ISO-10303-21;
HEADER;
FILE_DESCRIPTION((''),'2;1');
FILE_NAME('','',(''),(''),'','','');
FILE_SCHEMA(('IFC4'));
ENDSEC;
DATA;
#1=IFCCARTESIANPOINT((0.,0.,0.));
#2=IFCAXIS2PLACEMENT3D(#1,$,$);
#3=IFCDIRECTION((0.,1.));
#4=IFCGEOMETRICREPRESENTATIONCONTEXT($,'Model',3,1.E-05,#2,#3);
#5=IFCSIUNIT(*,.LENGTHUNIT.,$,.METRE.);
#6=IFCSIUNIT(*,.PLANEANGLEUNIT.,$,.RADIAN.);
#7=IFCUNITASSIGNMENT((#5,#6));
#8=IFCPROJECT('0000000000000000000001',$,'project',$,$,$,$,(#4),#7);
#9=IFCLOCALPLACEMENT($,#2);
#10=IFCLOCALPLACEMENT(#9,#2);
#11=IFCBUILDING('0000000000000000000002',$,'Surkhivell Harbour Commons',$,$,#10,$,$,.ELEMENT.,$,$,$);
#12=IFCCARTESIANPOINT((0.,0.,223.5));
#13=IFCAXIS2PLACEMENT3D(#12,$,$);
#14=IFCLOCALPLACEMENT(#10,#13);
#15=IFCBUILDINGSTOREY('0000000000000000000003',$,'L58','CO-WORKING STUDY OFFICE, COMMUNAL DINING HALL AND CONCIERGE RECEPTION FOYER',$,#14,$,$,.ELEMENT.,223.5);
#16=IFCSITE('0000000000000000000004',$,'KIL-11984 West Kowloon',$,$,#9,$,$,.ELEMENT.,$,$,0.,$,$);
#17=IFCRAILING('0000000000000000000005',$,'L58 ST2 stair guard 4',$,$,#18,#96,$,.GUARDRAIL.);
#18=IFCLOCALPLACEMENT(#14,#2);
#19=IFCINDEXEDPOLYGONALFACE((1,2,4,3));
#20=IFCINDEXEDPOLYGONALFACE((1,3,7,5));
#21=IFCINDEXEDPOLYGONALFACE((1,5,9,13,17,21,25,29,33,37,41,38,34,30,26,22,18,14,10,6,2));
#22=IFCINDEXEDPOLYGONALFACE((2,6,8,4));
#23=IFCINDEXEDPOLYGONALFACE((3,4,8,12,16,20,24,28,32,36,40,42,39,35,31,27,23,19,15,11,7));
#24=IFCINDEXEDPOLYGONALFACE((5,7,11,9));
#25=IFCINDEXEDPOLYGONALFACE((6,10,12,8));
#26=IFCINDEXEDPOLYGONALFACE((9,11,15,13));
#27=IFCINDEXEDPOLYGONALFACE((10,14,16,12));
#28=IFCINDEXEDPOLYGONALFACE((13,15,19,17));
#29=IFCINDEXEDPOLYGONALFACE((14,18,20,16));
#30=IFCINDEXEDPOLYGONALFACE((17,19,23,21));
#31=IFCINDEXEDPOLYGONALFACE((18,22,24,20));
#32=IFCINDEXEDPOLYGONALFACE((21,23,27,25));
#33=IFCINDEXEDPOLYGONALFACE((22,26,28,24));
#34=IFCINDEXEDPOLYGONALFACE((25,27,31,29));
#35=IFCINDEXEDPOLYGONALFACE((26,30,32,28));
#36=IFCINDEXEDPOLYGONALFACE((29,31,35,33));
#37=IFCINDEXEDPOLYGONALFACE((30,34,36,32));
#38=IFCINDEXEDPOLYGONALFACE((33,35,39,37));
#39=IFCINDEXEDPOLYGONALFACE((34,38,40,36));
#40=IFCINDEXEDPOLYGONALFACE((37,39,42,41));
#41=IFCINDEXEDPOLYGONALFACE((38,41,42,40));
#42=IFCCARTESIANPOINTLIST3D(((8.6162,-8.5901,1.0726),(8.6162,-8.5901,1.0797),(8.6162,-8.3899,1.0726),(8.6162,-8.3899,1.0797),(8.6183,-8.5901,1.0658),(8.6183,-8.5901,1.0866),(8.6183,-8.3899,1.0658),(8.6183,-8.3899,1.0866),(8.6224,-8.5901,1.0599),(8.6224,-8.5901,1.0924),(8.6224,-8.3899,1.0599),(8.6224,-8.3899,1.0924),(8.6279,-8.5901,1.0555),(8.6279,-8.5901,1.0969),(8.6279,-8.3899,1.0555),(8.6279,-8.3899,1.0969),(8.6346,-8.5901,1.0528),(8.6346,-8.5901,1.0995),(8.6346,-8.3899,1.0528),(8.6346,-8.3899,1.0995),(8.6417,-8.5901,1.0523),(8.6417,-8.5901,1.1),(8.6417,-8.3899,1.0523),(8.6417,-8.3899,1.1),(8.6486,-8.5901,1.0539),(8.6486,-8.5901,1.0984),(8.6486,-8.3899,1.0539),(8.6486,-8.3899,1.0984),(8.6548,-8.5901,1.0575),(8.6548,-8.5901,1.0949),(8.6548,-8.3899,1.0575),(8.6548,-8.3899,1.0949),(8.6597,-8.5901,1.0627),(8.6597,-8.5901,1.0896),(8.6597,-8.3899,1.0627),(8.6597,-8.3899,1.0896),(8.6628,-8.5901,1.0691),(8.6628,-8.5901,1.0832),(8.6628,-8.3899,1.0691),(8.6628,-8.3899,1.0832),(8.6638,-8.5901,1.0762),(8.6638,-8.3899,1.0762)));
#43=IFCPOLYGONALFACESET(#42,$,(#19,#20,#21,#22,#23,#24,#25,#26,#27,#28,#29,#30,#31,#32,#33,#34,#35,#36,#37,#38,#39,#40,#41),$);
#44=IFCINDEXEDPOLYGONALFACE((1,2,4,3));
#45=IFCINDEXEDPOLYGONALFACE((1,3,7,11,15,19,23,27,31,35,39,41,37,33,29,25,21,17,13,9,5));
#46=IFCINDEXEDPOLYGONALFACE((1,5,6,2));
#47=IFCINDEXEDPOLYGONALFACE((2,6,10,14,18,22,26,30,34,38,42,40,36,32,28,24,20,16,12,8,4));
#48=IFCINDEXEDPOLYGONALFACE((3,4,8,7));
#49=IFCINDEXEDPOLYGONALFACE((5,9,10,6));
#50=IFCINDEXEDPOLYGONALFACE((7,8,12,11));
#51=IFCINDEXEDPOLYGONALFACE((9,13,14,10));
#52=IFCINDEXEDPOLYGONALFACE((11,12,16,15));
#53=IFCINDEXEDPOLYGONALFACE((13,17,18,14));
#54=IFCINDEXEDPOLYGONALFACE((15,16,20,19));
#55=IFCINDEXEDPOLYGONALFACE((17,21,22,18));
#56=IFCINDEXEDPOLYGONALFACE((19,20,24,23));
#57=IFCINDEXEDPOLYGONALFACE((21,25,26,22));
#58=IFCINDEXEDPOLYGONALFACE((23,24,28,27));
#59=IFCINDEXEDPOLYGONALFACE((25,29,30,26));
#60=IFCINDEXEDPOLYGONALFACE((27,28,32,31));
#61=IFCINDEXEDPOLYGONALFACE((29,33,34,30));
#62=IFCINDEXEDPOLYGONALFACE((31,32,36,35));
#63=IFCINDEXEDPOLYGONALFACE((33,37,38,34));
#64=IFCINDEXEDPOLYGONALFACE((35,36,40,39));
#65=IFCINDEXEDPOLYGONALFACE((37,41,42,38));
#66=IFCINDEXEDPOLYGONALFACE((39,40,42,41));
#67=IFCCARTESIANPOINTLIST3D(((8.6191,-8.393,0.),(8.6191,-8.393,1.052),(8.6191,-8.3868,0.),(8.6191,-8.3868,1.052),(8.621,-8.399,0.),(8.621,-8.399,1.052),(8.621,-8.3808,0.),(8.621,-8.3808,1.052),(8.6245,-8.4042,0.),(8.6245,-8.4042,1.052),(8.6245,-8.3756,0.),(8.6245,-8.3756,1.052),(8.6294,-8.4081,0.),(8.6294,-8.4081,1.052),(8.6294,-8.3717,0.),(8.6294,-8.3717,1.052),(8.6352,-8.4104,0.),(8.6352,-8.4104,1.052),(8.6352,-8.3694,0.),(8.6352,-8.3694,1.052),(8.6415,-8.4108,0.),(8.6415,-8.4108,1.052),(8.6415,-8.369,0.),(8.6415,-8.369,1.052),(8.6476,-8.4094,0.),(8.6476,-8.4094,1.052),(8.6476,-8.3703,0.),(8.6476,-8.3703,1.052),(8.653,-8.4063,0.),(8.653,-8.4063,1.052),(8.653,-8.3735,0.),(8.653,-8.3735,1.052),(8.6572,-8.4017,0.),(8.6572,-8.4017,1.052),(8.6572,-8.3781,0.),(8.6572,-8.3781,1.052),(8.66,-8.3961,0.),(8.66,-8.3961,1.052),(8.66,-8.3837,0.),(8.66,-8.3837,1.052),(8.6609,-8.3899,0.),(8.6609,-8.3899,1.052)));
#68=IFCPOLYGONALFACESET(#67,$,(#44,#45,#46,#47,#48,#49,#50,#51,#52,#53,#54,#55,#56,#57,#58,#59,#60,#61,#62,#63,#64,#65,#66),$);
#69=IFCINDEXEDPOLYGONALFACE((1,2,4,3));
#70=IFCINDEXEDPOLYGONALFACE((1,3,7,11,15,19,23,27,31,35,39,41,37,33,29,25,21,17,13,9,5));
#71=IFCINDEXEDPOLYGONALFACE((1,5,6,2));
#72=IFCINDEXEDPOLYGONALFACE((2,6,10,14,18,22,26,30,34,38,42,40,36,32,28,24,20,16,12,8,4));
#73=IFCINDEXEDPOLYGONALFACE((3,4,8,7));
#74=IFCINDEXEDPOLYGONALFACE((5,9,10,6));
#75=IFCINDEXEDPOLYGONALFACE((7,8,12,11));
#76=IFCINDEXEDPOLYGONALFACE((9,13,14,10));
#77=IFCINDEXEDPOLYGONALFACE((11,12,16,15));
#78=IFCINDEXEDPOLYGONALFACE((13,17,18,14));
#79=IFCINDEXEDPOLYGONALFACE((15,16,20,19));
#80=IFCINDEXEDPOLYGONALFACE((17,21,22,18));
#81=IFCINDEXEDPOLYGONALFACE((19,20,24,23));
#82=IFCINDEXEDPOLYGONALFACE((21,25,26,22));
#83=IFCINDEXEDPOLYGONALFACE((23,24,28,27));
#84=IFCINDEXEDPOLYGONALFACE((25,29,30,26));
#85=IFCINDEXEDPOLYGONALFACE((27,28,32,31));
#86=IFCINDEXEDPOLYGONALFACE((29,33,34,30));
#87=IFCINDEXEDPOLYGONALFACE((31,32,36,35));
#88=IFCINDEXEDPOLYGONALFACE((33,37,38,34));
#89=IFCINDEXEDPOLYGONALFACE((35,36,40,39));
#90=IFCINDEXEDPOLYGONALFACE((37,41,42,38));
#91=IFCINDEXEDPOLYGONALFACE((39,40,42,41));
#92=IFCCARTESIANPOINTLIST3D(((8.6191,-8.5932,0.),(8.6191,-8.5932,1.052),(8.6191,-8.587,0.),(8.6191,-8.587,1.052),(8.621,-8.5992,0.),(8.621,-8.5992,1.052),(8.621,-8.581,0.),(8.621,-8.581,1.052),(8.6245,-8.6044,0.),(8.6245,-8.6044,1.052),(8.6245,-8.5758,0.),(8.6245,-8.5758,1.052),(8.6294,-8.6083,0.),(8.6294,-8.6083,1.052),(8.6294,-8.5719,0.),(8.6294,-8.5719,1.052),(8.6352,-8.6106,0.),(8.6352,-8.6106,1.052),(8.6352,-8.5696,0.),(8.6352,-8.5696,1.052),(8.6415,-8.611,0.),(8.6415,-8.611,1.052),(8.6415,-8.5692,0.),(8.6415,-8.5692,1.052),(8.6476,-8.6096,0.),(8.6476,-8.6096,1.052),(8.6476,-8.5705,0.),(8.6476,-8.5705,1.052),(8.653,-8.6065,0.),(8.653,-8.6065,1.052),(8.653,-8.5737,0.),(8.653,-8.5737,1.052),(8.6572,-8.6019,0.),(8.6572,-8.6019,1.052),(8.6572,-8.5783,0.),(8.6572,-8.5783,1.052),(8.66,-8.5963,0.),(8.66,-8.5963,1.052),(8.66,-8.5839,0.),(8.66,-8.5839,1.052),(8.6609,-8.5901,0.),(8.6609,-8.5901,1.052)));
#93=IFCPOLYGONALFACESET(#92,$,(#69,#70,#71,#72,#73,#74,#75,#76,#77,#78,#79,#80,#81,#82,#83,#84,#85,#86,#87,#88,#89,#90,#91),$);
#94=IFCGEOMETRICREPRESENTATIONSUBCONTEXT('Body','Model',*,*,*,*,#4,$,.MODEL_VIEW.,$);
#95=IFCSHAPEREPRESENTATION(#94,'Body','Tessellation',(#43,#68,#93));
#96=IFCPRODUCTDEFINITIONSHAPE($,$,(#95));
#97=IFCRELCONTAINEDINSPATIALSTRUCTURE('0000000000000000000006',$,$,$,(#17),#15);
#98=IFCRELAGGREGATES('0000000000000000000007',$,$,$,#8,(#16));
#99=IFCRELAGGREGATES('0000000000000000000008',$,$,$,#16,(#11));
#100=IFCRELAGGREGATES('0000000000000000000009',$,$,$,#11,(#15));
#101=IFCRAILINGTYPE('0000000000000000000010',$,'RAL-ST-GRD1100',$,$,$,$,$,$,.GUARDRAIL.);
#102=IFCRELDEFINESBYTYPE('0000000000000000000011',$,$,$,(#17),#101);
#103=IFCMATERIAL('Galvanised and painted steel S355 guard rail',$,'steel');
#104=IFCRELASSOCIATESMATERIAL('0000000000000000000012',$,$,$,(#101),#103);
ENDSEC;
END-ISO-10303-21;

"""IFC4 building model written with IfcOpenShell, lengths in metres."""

from ifc_helpers import new_model, si_unit, direction, frame, origin, origin_2d, place, context, subcontext, project, spatial, circle, extrude, material, type_object, element, save


model = new_model("IFC4")

# Units and contexts
model_context = context("Model", 3, precision=1e-05, world=origin(), true_north=direction((0.0, 1.0)))
body_context = subcontext(model_context, "Body", "Model", "MODEL_VIEW")
ifc_project = project(units=[si_unit("LENGTHUNIT", "METRE"), si_unit("PLANEANGLEUNIT", "RADIAN")], contexts=[model_context])

# Site, building, storey
site_placement = place(None, origin())
site = spatial("IfcSite", under=ifc_project, at=site_placement, Name="KIL-11984 West Kowloon", CompositionType="ELEMENT", RefElevation=0.0)
building_placement = place(site_placement, origin())
building = spatial("IfcBuilding", under=site, at=building_placement, Name="Surkhivell Harbour Commons", CompositionType="ELEMENT")
storey_placement = place(building_placement, frame((0.0, 0.0, 223.5)))
storey = spatial("IfcBuildingStorey", under=building, at=storey_placement, Name="L58", Description="CO-WORKING STUDY OFFICE, COMMUNAL DINING HALL AND CONCIERGE RECEPTION FOYER", CompositionType="ELEMENT", Elevation=223.5)

# Railing
ifc_material_1 = material(Name="Galvanised and painted steel S355 guard rail", Category="steel")
railing_type_1 = type_object("IfcRailingType", Name="RAL-ST-GRD1100", PredefinedType="GUARDRAIL", material=ifc_material_1)
railing_1_placement = place(storey_placement, frame((8.6399, -8.3899, 0.0)))
element("IfcRailing", 1, at=railing_1_placement, inside=storey, type_object=railing_type_1, Name="L58 ST2 stair guard 4", PredefinedType="GUARDRAIL", context=body_context, shape_type="SweptSolid", body=[
    extrude(circle(Radius=0.0239, at=origin_2d()), frame((0.0, 0.0, 1.0762), z_axis=(0.0, -1.0, 0.0), x_axis=(1.0, 0.0, 0.0)), (0.0, 0.0, 1.0), 0.2002),
    extrude(circle(Radius=0.021, at=origin_2d()), origin(), (0.0, 0.0, 1.0), 1.052),
    extrude(circle(Radius=0.021, at=origin_2d()), frame((0.0, -0.2002, 0.0)), (0.0, 0.0, 1.0), 1.052),
])

save(model, "model.ifc")
